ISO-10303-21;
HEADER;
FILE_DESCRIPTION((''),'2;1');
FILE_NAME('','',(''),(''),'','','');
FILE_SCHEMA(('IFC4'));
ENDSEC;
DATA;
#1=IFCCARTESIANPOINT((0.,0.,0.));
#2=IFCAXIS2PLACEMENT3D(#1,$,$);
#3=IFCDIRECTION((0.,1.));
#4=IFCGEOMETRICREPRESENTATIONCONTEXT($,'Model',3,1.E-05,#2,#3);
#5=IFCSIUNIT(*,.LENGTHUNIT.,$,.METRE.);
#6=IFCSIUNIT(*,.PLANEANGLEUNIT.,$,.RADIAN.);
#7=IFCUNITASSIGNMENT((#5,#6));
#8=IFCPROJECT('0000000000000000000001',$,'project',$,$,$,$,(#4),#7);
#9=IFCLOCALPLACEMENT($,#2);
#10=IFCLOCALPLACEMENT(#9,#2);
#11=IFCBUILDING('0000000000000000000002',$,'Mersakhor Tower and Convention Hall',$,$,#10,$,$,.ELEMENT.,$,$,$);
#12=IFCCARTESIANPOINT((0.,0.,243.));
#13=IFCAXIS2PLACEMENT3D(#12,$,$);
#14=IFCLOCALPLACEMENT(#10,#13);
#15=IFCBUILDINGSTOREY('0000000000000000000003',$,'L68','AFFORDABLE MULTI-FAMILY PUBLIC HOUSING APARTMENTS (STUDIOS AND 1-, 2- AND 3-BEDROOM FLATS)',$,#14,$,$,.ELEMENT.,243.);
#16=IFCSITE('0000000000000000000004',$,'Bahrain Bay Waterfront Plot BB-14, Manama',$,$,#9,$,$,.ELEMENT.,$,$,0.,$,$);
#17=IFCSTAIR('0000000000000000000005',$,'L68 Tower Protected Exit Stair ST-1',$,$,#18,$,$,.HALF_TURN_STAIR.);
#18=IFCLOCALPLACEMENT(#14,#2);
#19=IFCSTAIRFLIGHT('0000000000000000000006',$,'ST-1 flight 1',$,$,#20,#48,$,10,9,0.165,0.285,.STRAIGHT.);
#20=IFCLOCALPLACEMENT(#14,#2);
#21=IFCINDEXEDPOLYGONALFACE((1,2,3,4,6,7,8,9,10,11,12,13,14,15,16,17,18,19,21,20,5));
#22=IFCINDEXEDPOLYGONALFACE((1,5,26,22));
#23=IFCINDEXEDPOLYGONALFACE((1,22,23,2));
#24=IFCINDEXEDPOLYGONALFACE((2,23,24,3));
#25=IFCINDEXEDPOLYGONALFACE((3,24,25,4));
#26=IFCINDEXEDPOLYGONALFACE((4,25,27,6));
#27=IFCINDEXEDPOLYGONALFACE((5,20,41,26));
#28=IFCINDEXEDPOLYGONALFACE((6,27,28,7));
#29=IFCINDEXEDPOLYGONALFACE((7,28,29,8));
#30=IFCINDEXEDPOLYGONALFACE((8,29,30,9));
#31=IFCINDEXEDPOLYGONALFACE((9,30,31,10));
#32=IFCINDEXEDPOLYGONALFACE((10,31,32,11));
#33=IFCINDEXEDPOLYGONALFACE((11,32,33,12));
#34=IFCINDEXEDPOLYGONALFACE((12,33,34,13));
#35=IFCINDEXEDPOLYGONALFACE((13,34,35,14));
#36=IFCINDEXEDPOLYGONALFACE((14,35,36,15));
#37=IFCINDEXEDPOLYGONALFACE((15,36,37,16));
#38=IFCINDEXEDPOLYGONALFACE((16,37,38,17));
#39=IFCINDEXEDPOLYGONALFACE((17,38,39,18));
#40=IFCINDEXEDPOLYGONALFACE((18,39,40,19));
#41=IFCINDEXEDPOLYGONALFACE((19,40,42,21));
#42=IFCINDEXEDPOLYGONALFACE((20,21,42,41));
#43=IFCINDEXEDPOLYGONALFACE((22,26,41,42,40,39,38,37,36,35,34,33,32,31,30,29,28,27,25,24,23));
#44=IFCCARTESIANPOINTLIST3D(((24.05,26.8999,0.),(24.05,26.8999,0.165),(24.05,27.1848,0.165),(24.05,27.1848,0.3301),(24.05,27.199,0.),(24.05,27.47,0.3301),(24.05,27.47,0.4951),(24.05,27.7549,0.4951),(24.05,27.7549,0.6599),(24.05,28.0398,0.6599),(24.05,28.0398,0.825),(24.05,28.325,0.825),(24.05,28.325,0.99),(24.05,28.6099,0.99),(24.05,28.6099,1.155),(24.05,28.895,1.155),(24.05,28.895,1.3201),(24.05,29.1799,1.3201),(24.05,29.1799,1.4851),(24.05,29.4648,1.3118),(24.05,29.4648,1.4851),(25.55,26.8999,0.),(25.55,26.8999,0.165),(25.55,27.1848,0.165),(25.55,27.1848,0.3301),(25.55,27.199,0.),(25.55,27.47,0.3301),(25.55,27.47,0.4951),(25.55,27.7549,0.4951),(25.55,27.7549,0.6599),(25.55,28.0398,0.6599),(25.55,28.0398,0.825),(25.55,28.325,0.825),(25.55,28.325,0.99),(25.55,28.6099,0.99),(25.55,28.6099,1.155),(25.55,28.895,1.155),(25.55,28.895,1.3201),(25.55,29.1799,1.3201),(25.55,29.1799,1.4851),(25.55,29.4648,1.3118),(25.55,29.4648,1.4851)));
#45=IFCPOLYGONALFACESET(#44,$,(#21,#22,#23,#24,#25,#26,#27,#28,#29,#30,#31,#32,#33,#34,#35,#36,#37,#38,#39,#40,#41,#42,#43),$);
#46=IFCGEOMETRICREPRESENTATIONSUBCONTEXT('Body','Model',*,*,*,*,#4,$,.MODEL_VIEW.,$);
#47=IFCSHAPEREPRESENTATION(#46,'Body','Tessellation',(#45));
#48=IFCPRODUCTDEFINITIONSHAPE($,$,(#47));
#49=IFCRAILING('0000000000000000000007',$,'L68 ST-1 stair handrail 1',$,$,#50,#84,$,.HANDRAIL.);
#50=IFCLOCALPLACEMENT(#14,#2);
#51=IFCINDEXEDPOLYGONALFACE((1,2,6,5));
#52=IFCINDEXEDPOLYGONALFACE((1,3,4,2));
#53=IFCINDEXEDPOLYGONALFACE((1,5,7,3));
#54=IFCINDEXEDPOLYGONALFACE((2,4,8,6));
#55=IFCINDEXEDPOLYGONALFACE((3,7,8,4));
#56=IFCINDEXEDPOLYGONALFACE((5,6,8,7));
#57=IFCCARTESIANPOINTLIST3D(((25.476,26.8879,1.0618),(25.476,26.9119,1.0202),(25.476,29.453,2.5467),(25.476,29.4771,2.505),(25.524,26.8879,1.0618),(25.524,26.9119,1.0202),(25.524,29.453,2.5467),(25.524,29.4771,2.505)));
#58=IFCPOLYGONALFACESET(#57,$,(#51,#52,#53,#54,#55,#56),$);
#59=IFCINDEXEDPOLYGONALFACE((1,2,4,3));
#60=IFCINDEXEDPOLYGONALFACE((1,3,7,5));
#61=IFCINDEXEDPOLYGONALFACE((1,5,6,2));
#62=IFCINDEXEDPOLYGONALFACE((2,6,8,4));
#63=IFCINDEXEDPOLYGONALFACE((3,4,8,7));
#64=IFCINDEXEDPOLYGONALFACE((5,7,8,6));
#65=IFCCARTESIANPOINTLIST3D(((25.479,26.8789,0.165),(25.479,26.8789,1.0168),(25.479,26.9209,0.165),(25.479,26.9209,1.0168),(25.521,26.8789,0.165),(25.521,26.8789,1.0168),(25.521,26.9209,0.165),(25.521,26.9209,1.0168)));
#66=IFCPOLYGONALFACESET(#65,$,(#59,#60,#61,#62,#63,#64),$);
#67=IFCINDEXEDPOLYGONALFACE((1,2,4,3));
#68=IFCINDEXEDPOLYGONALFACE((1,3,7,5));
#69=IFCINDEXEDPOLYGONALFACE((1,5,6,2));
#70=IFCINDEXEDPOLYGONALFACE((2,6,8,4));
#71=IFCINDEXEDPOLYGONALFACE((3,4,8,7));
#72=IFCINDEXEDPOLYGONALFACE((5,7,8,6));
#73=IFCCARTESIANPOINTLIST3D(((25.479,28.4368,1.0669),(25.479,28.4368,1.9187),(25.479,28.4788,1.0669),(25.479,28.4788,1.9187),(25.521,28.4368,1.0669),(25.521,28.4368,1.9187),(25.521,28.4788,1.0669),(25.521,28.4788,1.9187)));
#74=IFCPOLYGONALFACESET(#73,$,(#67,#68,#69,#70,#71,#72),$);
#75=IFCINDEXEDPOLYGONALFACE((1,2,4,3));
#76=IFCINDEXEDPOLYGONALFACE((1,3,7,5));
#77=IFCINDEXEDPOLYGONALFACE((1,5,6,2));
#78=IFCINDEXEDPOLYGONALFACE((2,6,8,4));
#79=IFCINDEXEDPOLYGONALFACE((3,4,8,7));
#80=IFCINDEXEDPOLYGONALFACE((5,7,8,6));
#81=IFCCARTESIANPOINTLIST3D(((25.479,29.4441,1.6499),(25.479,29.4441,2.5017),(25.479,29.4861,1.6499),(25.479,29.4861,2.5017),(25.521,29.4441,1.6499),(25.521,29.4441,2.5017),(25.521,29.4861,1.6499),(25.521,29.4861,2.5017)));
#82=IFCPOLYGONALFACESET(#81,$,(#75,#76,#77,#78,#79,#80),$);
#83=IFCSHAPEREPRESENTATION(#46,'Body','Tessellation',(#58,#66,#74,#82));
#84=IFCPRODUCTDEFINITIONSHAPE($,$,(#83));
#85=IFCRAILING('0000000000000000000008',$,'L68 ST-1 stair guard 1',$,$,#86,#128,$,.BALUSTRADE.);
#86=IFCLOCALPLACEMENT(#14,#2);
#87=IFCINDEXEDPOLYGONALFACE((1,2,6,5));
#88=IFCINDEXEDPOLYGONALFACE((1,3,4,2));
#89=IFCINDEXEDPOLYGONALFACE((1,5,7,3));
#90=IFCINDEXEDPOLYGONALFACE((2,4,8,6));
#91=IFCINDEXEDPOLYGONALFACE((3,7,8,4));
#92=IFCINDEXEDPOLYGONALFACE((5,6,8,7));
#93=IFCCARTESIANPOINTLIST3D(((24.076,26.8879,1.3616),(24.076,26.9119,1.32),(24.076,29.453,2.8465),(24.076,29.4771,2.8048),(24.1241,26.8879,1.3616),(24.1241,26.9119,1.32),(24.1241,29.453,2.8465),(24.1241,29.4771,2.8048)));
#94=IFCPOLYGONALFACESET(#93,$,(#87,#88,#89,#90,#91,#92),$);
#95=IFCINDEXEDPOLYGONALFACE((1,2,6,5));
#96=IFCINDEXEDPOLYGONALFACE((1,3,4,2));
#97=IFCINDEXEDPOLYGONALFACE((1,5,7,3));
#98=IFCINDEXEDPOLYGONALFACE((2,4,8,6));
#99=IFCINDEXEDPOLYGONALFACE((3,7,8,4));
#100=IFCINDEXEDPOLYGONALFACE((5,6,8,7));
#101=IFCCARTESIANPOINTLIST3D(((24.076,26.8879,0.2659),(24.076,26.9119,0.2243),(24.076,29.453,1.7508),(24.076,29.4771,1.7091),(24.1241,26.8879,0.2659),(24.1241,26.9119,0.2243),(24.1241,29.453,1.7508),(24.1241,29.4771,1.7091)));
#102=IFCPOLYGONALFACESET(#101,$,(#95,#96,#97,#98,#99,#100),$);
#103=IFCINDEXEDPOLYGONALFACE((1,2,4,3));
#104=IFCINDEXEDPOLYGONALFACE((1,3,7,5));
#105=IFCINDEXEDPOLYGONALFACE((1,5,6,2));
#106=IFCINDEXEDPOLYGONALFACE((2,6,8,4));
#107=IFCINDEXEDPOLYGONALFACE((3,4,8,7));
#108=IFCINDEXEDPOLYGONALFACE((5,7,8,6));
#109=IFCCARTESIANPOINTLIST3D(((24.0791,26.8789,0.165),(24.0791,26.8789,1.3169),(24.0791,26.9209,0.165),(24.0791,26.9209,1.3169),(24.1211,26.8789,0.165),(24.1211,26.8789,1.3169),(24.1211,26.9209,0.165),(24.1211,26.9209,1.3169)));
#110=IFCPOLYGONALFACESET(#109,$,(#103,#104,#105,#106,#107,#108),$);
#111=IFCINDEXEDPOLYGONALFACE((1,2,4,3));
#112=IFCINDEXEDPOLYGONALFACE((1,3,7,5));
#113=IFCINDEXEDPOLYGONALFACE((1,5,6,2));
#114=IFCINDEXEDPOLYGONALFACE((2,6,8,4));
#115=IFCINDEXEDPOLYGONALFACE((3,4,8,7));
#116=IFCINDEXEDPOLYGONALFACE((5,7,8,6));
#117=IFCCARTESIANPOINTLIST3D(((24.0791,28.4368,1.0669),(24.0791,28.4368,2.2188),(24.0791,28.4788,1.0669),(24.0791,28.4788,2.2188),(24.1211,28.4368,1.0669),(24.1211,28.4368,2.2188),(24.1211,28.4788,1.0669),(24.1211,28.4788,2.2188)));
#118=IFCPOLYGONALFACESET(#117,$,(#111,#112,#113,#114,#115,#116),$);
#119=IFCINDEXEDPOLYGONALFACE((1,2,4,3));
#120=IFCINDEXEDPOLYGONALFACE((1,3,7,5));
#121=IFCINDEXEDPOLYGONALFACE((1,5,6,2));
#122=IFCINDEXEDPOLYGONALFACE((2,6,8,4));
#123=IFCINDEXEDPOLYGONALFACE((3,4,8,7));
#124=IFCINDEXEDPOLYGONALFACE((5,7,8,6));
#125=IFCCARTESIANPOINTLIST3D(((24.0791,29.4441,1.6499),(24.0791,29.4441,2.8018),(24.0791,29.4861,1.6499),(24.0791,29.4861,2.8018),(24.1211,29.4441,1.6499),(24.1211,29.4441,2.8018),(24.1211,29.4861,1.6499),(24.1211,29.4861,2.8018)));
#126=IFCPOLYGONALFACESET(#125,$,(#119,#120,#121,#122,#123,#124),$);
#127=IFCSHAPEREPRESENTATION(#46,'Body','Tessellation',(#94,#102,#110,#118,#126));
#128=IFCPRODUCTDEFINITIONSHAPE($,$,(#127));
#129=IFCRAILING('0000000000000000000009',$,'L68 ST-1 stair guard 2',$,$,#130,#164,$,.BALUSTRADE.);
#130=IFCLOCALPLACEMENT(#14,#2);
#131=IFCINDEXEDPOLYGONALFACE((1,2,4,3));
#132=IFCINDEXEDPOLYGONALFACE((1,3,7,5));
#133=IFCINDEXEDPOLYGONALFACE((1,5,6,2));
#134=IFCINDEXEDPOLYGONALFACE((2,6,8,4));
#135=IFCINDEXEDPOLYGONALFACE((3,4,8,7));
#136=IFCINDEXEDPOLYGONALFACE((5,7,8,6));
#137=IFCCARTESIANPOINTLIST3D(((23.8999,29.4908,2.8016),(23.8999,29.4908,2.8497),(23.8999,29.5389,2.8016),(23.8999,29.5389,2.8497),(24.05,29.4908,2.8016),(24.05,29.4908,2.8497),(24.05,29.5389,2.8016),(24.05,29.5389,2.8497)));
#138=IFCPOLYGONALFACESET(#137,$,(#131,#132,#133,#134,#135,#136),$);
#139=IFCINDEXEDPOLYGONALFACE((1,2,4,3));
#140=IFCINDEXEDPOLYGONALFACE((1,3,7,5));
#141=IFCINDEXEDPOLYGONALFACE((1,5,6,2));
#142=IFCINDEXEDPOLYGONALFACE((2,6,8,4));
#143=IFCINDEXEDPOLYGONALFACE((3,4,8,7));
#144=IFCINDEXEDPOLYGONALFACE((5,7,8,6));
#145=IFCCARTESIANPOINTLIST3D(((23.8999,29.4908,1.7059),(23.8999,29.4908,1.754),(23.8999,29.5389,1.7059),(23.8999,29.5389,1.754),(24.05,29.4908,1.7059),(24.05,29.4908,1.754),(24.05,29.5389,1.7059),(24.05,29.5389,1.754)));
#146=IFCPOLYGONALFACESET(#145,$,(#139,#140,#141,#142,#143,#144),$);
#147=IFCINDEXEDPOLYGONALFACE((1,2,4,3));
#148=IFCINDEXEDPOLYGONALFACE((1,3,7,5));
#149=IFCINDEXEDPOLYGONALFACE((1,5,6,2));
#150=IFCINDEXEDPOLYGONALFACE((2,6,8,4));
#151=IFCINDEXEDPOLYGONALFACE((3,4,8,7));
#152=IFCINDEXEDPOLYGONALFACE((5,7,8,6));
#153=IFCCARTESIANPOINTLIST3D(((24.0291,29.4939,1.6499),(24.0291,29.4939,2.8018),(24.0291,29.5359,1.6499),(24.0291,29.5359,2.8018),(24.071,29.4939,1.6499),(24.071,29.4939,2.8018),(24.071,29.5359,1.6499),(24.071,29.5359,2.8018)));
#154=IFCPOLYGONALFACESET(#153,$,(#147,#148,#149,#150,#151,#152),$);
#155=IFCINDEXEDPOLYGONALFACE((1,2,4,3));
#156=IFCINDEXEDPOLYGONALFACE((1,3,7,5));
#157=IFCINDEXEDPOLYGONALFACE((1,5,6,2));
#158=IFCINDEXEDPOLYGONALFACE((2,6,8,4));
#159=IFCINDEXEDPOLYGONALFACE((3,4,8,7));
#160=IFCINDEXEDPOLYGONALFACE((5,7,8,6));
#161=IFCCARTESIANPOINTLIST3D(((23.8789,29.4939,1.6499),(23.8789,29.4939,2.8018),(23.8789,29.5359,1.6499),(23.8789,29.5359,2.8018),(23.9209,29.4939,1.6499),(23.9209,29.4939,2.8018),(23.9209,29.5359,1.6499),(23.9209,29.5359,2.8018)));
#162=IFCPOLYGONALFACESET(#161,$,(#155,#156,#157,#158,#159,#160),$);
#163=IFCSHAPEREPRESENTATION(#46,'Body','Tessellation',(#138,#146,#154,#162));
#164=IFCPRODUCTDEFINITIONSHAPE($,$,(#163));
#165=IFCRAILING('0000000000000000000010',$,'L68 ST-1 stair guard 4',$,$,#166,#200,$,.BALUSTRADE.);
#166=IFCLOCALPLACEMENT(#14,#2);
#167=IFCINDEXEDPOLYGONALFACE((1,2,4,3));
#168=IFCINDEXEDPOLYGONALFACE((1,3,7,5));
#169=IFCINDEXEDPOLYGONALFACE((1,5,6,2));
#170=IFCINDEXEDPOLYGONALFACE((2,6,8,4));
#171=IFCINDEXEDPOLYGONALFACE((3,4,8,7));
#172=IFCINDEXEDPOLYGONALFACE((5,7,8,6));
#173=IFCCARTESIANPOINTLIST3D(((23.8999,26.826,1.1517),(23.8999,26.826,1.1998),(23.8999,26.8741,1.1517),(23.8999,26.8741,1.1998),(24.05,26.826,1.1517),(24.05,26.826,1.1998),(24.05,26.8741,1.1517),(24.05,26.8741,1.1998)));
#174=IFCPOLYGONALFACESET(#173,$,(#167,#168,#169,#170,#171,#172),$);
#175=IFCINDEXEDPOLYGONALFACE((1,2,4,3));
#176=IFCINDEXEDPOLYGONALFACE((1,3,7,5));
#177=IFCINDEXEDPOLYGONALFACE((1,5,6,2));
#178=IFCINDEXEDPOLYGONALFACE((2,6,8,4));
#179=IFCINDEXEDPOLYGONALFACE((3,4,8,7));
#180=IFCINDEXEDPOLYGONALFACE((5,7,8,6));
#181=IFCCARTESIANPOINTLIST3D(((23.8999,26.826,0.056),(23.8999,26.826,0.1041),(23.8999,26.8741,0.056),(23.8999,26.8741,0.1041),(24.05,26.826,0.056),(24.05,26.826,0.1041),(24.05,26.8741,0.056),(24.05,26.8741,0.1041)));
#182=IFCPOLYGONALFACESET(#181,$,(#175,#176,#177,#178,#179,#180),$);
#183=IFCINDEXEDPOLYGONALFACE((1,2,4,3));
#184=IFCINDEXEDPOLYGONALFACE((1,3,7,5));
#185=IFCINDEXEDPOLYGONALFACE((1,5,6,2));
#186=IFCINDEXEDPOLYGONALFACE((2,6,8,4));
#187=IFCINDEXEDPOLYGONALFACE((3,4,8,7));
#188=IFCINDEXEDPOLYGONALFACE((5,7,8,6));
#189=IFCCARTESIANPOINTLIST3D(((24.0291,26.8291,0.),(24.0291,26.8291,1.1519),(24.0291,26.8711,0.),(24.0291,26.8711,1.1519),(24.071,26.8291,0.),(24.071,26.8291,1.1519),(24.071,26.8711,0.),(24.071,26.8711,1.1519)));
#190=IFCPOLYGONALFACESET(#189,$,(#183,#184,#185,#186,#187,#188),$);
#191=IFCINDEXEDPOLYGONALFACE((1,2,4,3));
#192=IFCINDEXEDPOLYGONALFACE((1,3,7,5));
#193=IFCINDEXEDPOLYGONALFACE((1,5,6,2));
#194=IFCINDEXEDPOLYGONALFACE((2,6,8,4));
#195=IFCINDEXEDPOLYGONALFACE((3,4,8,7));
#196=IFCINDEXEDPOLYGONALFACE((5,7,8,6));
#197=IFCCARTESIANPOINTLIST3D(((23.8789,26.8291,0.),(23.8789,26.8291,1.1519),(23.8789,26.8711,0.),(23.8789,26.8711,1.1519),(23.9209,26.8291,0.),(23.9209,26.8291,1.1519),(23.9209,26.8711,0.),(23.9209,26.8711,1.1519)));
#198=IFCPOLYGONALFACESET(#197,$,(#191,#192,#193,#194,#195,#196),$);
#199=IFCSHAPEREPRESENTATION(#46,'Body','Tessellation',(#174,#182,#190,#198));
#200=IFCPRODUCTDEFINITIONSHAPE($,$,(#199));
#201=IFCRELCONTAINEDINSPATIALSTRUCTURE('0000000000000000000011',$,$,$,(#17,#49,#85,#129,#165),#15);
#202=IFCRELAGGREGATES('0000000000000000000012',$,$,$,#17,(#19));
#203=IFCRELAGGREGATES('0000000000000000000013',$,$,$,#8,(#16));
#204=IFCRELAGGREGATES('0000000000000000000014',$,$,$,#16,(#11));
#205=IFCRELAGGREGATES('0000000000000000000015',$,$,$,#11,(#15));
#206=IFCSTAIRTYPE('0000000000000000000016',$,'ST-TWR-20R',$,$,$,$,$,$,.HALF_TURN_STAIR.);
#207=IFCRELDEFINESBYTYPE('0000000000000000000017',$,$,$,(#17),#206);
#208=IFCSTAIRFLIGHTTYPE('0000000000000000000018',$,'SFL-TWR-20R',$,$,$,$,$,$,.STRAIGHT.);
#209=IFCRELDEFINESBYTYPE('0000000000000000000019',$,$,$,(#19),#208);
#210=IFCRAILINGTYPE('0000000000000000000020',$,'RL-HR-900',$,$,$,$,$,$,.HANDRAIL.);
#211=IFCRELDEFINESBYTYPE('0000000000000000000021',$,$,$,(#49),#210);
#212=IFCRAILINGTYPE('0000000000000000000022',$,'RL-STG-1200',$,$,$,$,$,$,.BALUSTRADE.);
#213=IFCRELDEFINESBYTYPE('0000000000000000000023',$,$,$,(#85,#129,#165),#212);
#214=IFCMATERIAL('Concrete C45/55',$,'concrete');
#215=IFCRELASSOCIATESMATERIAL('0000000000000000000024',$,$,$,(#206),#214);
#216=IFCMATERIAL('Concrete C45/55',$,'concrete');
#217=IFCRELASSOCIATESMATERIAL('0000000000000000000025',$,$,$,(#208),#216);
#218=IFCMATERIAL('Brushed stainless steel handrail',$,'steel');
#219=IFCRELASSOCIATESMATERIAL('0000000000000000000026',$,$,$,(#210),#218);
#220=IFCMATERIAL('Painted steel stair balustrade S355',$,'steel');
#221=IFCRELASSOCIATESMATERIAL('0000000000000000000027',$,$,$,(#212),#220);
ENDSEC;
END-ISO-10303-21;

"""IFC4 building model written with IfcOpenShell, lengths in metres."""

from ifc_helpers import new_model, si_unit, direction, frame, origin, origin_2d, place, context, subcontext, project, spatial, polyline, rectangle, outline, extrude, material, type_object, element, aggregate, save


model = new_model("IFC4")

# Units and contexts
model_context = context("Model", 3, precision=1e-05, world=origin(), true_north=direction((0.0, 1.0)))
body_context = subcontext(model_context, "Body", "Model", "MODEL_VIEW")
ifc_project = project(units=[si_unit("LENGTHUNIT", "METRE"), si_unit("PLANEANGLEUNIT", "RADIAN")], contexts=[model_context])

# Site, building, storey
site_placement = place(None, origin())
site = spatial("IfcSite", under=ifc_project, at=site_placement, Name="Bahrain Bay Waterfront Plot BB-14, Manama", CompositionType="ELEMENT", RefElevation=0.0)
building_placement = place(site_placement, origin())
building = spatial("IfcBuilding", under=site, at=building_placement, Name="Mersakhor Tower and Convention Hall", CompositionType="ELEMENT")
storey_placement = place(building_placement, frame((0.0, 0.0, 243.0)))
storey = spatial("IfcBuildingStorey", under=building, at=storey_placement, Name="L68", Description="AFFORDABLE MULTI-FAMILY PUBLIC HOUSING APARTMENTS (STUDIOS AND 1-, 2- AND 3-BEDROOM FLATS)", CompositionType="ELEMENT", Elevation=243.0)

# Stair, stair flight
ifc_material_1 = material(Name="Concrete C45/55", Category="concrete")
stair_type = type_object("IfcStairType", Name="ST-TWR-20R", PredefinedType="HALF_TURN_STAIR", material=ifc_material_1)
stair_placement = place(storey_placement, origin())
stair = element("IfcStair", 1, at=stair_placement, inside=storey, type_object=stair_type, Name="L68 Tower Protected Exit Stair ST-1", PredefinedType="HALF_TURN_STAIR")
ifc_material_2 = material(Name="Concrete C45/55", Category="concrete")
stair_flight_type = type_object("IfcStairFlightType", Name="SFL-TWR-20R", PredefinedType="STRAIGHT", material=ifc_material_2)
stair_flight_placement = place(storey_placement, frame((24.8, 26.8999, 0.0), z_axis=(0.0, 0.0, 1.0), x_axis=(0.0, 1.0, 0.0)))
stair_flight = element("IfcStairFlight", 2, at=stair_flight_placement, type_object=stair_flight_type, Name="ST-1 flight 1", NumberOfRisers=10, NumberOfTreads=9, PredefinedType="STRAIGHT", RiserHeight=0.165, TreadLength=0.285, context=body_context, shape_type="SweptSolid", body=[
    extrude(outline(polyline([(0.0, 0.0), (0.0, 0.165), (0.2849, 0.165), (0.2849, 0.3301), (0.5701, 0.3301), (0.5701, 0.4951), (0.855, 0.4951), (0.855, 0.6599), (1.1399, 0.6599), (1.1399, 0.825), (1.425, 0.825), (1.425, 0.99), (1.71, 0.99), (1.71, 1.155), (1.9951, 1.155), (1.9951, 1.3201), (2.28, 1.3201), (2.28, 1.4851), (2.5649, 1.4851), (2.5649, 1.6499), (2.5649, 1.3118), (0.2991, 0.0), (0.0, 0.0)])), frame((0.0, 0.75, 0.0), z_axis=(0.0, -1.0, 0.0), x_axis=(1.0, 0.0, 0.0)), (0.0, 0.0, 1.0), 1.5),
])
aggregate(stair, [stair_flight])

# Railings
ifc_material_3 = material(Name="Brushed stainless steel handrail", Category="steel")
railing_type_1 = type_object("IfcRailingType", Name="RL-HR-900", PredefinedType="HANDRAIL", material=ifc_material_3)
railing_1_placement = place(storey_placement, frame((25.5, 26.8999, 0.165)))
element("IfcRailing", 3, at=railing_1_placement, inside=storey, type_object=railing_type_1, Name="L68 ST-1 stair handrail 1", PredefinedType="HANDRAIL", context=body_context, shape_type="SweptSolid", body=[
    extrude(rectangle(XDim=0.0481, YDim=0.0481, at=origin_2d()), frame((0.0, 0.0, 0.876), z_axis=(0.0, 0.865462, 0.500975), x_axis=(-1.0, 0.0, 0.0)), (0.0, 0.0, 1.0), 2.9639),
    extrude(rectangle(XDim=0.042, YDim=0.042, at=origin_2d()), origin(), (0.0, 0.0, 1.0), 0.8518),
    extrude(rectangle(XDim=0.042, YDim=0.042, at=origin_2d()), frame((0.0, 1.5579, 0.9019)), (0.0, 0.0, 1.0), 0.8518),
    extrude(rectangle(XDim=0.042, YDim=0.042, at=origin_2d()), frame((0.0, 2.5652, 1.4849)), (0.0, 0.0, 1.0), 0.8518),
])
ifc_material_4 = material(Name="Painted steel stair balustrade S355", Category="steel")
railing_type_2 = type_object("IfcRailingType", Name="RL-STG-1200", PredefinedType="BALUSTRADE", material=ifc_material_4)
railing_2_placement = place(storey_placement, frame((24.1001, 26.8999, 0.165)))
element("IfcRailing", 4, at=railing_2_placement, inside=storey, type_object=railing_type_2, Name="L68 ST-1 stair guard 1", PredefinedType="BALUSTRADE", context=body_context, shape_type="SweptSolid", body=[
    extrude(rectangle(XDim=0.0481, YDim=0.0481, at=origin_2d()), frame((0.0, 0.0, 1.1758), z_axis=(0.0, 0.865462, 0.500975), x_axis=(-1.0, 0.0, 0.0)), (0.0, 0.0, 1.0), 2.9639),
    extrude(rectangle(XDim=0.0481, YDim=0.0481, at=origin_2d()), frame((0.0, 0.0, 0.0801), z_axis=(0.0, 0.865462, 0.500975), x_axis=(-1.0, 0.0, 0.0)), (0.0, 0.0, 1.0), 2.9639),
    extrude(rectangle(XDim=0.042, YDim=0.042, at=origin_2d()), origin(), (0.0, 0.0, 1.0), 1.1519),
    extrude(rectangle(XDim=0.042, YDim=0.042, at=origin_2d()), frame((0.0, 1.5579, 0.9019)), (0.0, 0.0, 1.0), 1.1519),
    extrude(rectangle(XDim=0.042, YDim=0.042, at=origin_2d()), frame((0.0, 2.5652, 1.4849)), (0.0, 0.0, 1.0), 1.1519),
])
for number, where, name in (
    (5, (24.05, 29.5149, 1.6499), "L68 ST-1 stair guard 2"),
    (6, (24.05, 26.8501, 0.0), "L68 ST-1 stair guard 4"),
):
    element("IfcRailing", number, at=place(storey_placement, frame(where)), inside=storey, type_object=railing_type_2, Name=name, PredefinedType="BALUSTRADE", context=body_context, shape_type="SweptSolid", body=[
        extrude(rectangle(XDim=0.0481, YDim=0.0481, at=origin_2d()), frame((0.0, 0.0, 1.1758), z_axis=(-1.0, 0.0, 0.0), x_axis=(0.0, -1.0, 0.0)), (0.0, 0.0, 1.0), 0.1501),
        extrude(rectangle(XDim=0.0481, YDim=0.0481, at=origin_2d()), frame((0.0, 0.0, 0.0801), z_axis=(-1.0, 0.0, 0.0), x_axis=(0.0, -1.0, 0.0)), (0.0, 0.0, 1.0), 0.1501),
        extrude(rectangle(XDim=0.042, YDim=0.042, at=origin_2d()), origin(), (0.0, 0.0, 1.0), 1.1519),
        extrude(rectangle(XDim=0.042, YDim=0.042, at=origin_2d()), frame((-0.1501, 0.0, 0.0)), (0.0, 0.0, 1.0), 1.1519),
    ])

save(model, "model.ifc")
